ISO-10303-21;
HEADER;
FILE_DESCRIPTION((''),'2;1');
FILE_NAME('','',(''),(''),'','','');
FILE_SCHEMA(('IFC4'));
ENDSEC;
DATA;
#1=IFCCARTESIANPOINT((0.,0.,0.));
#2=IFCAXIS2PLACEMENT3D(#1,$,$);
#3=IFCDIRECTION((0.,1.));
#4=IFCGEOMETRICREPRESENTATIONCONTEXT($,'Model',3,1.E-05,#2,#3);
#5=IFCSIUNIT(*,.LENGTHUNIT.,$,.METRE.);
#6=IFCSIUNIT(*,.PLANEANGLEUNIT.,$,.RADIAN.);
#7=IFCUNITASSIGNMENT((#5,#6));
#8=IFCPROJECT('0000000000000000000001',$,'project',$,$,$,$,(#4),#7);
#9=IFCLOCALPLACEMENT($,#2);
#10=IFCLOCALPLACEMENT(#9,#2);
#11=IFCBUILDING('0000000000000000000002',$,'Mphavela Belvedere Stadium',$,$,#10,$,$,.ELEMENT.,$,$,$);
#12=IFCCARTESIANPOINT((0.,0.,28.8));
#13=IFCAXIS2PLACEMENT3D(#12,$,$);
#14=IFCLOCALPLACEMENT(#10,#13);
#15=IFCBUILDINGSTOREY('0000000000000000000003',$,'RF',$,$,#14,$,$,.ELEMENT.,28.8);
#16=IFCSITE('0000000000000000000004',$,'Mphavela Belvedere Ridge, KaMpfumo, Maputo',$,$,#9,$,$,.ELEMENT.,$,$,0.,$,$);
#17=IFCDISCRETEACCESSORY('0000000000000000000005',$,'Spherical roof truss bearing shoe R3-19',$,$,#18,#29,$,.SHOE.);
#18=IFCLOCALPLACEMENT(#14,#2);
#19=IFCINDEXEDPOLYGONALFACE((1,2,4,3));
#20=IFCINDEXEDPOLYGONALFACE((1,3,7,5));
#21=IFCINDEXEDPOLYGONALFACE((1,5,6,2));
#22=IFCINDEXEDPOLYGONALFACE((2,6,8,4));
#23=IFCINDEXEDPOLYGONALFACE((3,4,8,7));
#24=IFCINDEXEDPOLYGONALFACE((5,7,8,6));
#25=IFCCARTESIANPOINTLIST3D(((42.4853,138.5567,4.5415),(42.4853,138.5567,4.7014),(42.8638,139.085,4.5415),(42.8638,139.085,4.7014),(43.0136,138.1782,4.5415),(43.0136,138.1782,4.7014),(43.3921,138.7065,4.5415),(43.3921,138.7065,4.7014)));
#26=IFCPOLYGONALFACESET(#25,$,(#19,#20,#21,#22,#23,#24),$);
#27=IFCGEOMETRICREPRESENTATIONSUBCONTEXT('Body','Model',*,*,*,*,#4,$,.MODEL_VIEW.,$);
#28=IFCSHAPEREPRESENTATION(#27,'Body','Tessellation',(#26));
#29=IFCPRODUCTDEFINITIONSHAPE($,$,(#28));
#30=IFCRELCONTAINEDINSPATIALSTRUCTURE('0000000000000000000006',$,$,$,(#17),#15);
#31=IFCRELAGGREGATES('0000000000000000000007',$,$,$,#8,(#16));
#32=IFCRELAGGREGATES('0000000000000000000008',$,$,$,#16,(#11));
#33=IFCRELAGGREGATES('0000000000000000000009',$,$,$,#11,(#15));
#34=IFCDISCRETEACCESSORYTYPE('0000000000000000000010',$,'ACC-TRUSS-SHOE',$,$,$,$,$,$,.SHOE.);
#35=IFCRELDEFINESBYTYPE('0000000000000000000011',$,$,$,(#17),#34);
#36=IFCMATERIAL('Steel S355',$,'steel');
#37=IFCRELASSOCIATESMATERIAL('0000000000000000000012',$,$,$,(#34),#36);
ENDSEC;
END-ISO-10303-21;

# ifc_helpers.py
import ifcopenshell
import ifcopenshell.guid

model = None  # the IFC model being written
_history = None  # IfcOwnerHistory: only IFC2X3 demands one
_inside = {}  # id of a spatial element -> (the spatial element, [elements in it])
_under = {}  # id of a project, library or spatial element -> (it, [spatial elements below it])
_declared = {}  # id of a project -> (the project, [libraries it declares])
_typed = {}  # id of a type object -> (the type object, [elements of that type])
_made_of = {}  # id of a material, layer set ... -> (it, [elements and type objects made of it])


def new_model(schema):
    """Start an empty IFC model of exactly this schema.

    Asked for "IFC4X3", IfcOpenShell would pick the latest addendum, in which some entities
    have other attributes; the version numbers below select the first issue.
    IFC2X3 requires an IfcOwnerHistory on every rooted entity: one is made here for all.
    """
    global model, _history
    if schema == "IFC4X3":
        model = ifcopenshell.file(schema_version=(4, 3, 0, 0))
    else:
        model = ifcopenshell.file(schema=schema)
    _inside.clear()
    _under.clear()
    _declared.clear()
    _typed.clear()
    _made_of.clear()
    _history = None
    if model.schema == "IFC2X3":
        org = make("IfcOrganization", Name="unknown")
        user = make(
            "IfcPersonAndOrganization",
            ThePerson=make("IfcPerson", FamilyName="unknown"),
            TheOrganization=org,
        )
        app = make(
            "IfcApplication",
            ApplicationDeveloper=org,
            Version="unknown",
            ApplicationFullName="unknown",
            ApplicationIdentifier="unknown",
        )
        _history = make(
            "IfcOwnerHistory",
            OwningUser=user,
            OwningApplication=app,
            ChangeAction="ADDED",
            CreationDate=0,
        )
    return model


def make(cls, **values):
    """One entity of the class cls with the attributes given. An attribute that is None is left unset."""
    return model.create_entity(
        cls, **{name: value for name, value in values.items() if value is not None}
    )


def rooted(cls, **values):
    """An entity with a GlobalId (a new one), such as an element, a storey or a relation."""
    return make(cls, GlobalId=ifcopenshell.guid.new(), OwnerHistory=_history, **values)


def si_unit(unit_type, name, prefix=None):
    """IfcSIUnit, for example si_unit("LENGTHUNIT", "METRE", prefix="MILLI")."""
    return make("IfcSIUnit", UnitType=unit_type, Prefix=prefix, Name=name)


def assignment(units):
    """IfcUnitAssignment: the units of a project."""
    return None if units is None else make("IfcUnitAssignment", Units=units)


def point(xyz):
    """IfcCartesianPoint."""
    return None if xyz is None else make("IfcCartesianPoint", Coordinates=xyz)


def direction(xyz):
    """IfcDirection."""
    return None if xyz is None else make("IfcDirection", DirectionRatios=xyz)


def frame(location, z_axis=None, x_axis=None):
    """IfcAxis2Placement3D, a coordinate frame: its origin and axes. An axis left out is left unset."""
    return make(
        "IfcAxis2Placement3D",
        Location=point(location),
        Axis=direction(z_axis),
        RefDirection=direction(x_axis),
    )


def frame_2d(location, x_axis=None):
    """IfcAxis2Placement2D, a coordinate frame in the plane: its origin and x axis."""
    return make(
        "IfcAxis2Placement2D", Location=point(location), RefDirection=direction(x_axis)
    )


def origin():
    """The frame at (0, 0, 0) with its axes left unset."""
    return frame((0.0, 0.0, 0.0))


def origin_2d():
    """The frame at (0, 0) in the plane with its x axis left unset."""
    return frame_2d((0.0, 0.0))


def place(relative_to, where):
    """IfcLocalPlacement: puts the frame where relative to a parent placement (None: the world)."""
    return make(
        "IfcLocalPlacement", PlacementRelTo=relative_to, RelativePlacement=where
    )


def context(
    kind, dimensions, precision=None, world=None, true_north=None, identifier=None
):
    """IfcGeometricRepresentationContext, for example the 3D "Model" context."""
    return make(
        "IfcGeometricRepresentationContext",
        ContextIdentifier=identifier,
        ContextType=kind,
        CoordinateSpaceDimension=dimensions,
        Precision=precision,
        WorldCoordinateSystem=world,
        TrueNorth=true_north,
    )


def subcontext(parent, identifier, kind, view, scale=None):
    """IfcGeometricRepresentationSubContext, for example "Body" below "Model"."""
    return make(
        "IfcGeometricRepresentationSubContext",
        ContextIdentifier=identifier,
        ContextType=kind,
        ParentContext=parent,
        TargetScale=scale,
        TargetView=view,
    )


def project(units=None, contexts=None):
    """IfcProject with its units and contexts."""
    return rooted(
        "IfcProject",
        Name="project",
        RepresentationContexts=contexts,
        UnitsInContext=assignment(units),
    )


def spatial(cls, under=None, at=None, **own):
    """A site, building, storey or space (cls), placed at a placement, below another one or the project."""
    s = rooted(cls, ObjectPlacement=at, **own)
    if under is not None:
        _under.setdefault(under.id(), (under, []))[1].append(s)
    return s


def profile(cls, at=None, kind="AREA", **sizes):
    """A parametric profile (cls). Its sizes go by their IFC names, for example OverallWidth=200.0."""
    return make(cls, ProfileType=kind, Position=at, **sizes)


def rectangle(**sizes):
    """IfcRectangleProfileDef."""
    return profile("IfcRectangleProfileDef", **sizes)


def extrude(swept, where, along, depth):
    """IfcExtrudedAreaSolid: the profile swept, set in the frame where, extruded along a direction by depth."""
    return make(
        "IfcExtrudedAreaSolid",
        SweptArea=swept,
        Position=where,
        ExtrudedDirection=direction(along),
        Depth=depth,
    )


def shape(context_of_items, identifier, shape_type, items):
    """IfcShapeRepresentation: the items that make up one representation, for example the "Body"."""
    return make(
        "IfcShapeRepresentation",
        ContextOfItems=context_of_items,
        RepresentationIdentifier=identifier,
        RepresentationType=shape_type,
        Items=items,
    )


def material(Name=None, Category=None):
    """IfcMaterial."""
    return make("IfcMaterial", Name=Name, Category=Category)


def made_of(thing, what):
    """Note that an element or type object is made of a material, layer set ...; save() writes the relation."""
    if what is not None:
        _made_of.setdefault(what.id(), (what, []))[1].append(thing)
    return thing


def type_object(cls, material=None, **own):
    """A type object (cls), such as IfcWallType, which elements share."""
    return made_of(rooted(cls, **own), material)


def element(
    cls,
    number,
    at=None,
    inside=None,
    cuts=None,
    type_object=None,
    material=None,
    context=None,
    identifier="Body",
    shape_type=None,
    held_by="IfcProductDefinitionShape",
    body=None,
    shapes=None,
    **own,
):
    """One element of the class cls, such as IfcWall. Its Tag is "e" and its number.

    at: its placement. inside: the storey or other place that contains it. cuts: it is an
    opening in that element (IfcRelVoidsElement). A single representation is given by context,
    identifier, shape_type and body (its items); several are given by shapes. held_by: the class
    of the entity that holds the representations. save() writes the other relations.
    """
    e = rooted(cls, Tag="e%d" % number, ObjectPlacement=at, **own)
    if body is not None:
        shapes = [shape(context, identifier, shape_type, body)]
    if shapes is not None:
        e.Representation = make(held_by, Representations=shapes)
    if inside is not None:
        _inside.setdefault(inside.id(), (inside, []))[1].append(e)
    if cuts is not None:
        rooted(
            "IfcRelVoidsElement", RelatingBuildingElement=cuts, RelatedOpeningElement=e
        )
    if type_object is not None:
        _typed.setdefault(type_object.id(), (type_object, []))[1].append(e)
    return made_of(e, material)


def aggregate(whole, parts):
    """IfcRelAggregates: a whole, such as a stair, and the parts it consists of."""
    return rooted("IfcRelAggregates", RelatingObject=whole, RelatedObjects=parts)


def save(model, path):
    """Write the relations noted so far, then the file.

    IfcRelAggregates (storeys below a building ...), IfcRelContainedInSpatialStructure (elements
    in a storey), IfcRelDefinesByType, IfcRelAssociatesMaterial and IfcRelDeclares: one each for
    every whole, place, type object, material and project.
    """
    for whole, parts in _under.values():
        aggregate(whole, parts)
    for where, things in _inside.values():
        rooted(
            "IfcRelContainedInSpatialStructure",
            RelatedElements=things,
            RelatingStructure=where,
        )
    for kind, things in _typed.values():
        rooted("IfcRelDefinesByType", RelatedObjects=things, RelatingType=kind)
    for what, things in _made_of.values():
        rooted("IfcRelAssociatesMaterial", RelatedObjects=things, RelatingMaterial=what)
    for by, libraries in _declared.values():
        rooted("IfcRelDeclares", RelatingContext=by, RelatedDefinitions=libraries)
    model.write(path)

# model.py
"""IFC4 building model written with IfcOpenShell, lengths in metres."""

from ifc_helpers import new_model, si_unit, direction, frame, origin, origin_2d, place, context, subcontext, project, spatial, rectangle, extrude, material, type_object, element, save


model = new_model("IFC4")

# Units and contexts
model_context = context("Model", 3, precision=1e-05, world=origin(), true_north=direction((0.0, 1.0)))
body_context = subcontext(model_context, "Body", "Model", "MODEL_VIEW")
ifc_project = project(units=[si_unit("LENGTHUNIT", "METRE"), si_unit("PLANEANGLEUNIT", "RADIAN")], contexts=[model_context])

# Site, building, storey
site_placement = place(None, origin())
site = spatial("IfcSite", under=ifc_project, at=site_placement, Name="Mphavela Belvedere Ridge, KaMpfumo, Maputo", CompositionType="ELEMENT", RefElevation=0.0)
building_placement = place(site_placement, origin())
building = spatial("IfcBuilding", under=site, at=building_placement, Name="Mphavela Belvedere Stadium", CompositionType="ELEMENT")
storey_placement = place(building_placement, frame((0.0, 0.0, 28.8)))
storey = spatial("IfcBuildingStorey", under=building, at=storey_placement, Name="RF", CompositionType="ELEMENT", Elevation=28.8)

# Discrete accessory
ifc_material_1 = material(Name="Steel S355", Category="steel")
discrete_accessory_type = type_object("IfcDiscreteAccessoryType", Name="ACC-TRUSS-SHOE", PredefinedType="SHOE", material=ifc_material_1)
discrete_accessory_placement = place(storey_placement, frame((42.9387, 138.6316, 4.5415), z_axis=(0.0, 0.0, 1.0), x_axis=(-0.812898, 0.582407, 0.0)))
element("IfcDiscreteAccessory", 1, at=discrete_accessory_placement, inside=storey, type_object=discrete_accessory_type, Name="Spherical roof truss bearing shoe R3-19", PredefinedType="SHOE", context=body_context, shape_type="SweptSolid", body=[
    extrude(rectangle(XDim=0.6499, YDim=0.6499, at=origin_2d()), origin(), (0.0, 0.0, 1.0), 0.1599),
])

save(model, "model.ifc")
